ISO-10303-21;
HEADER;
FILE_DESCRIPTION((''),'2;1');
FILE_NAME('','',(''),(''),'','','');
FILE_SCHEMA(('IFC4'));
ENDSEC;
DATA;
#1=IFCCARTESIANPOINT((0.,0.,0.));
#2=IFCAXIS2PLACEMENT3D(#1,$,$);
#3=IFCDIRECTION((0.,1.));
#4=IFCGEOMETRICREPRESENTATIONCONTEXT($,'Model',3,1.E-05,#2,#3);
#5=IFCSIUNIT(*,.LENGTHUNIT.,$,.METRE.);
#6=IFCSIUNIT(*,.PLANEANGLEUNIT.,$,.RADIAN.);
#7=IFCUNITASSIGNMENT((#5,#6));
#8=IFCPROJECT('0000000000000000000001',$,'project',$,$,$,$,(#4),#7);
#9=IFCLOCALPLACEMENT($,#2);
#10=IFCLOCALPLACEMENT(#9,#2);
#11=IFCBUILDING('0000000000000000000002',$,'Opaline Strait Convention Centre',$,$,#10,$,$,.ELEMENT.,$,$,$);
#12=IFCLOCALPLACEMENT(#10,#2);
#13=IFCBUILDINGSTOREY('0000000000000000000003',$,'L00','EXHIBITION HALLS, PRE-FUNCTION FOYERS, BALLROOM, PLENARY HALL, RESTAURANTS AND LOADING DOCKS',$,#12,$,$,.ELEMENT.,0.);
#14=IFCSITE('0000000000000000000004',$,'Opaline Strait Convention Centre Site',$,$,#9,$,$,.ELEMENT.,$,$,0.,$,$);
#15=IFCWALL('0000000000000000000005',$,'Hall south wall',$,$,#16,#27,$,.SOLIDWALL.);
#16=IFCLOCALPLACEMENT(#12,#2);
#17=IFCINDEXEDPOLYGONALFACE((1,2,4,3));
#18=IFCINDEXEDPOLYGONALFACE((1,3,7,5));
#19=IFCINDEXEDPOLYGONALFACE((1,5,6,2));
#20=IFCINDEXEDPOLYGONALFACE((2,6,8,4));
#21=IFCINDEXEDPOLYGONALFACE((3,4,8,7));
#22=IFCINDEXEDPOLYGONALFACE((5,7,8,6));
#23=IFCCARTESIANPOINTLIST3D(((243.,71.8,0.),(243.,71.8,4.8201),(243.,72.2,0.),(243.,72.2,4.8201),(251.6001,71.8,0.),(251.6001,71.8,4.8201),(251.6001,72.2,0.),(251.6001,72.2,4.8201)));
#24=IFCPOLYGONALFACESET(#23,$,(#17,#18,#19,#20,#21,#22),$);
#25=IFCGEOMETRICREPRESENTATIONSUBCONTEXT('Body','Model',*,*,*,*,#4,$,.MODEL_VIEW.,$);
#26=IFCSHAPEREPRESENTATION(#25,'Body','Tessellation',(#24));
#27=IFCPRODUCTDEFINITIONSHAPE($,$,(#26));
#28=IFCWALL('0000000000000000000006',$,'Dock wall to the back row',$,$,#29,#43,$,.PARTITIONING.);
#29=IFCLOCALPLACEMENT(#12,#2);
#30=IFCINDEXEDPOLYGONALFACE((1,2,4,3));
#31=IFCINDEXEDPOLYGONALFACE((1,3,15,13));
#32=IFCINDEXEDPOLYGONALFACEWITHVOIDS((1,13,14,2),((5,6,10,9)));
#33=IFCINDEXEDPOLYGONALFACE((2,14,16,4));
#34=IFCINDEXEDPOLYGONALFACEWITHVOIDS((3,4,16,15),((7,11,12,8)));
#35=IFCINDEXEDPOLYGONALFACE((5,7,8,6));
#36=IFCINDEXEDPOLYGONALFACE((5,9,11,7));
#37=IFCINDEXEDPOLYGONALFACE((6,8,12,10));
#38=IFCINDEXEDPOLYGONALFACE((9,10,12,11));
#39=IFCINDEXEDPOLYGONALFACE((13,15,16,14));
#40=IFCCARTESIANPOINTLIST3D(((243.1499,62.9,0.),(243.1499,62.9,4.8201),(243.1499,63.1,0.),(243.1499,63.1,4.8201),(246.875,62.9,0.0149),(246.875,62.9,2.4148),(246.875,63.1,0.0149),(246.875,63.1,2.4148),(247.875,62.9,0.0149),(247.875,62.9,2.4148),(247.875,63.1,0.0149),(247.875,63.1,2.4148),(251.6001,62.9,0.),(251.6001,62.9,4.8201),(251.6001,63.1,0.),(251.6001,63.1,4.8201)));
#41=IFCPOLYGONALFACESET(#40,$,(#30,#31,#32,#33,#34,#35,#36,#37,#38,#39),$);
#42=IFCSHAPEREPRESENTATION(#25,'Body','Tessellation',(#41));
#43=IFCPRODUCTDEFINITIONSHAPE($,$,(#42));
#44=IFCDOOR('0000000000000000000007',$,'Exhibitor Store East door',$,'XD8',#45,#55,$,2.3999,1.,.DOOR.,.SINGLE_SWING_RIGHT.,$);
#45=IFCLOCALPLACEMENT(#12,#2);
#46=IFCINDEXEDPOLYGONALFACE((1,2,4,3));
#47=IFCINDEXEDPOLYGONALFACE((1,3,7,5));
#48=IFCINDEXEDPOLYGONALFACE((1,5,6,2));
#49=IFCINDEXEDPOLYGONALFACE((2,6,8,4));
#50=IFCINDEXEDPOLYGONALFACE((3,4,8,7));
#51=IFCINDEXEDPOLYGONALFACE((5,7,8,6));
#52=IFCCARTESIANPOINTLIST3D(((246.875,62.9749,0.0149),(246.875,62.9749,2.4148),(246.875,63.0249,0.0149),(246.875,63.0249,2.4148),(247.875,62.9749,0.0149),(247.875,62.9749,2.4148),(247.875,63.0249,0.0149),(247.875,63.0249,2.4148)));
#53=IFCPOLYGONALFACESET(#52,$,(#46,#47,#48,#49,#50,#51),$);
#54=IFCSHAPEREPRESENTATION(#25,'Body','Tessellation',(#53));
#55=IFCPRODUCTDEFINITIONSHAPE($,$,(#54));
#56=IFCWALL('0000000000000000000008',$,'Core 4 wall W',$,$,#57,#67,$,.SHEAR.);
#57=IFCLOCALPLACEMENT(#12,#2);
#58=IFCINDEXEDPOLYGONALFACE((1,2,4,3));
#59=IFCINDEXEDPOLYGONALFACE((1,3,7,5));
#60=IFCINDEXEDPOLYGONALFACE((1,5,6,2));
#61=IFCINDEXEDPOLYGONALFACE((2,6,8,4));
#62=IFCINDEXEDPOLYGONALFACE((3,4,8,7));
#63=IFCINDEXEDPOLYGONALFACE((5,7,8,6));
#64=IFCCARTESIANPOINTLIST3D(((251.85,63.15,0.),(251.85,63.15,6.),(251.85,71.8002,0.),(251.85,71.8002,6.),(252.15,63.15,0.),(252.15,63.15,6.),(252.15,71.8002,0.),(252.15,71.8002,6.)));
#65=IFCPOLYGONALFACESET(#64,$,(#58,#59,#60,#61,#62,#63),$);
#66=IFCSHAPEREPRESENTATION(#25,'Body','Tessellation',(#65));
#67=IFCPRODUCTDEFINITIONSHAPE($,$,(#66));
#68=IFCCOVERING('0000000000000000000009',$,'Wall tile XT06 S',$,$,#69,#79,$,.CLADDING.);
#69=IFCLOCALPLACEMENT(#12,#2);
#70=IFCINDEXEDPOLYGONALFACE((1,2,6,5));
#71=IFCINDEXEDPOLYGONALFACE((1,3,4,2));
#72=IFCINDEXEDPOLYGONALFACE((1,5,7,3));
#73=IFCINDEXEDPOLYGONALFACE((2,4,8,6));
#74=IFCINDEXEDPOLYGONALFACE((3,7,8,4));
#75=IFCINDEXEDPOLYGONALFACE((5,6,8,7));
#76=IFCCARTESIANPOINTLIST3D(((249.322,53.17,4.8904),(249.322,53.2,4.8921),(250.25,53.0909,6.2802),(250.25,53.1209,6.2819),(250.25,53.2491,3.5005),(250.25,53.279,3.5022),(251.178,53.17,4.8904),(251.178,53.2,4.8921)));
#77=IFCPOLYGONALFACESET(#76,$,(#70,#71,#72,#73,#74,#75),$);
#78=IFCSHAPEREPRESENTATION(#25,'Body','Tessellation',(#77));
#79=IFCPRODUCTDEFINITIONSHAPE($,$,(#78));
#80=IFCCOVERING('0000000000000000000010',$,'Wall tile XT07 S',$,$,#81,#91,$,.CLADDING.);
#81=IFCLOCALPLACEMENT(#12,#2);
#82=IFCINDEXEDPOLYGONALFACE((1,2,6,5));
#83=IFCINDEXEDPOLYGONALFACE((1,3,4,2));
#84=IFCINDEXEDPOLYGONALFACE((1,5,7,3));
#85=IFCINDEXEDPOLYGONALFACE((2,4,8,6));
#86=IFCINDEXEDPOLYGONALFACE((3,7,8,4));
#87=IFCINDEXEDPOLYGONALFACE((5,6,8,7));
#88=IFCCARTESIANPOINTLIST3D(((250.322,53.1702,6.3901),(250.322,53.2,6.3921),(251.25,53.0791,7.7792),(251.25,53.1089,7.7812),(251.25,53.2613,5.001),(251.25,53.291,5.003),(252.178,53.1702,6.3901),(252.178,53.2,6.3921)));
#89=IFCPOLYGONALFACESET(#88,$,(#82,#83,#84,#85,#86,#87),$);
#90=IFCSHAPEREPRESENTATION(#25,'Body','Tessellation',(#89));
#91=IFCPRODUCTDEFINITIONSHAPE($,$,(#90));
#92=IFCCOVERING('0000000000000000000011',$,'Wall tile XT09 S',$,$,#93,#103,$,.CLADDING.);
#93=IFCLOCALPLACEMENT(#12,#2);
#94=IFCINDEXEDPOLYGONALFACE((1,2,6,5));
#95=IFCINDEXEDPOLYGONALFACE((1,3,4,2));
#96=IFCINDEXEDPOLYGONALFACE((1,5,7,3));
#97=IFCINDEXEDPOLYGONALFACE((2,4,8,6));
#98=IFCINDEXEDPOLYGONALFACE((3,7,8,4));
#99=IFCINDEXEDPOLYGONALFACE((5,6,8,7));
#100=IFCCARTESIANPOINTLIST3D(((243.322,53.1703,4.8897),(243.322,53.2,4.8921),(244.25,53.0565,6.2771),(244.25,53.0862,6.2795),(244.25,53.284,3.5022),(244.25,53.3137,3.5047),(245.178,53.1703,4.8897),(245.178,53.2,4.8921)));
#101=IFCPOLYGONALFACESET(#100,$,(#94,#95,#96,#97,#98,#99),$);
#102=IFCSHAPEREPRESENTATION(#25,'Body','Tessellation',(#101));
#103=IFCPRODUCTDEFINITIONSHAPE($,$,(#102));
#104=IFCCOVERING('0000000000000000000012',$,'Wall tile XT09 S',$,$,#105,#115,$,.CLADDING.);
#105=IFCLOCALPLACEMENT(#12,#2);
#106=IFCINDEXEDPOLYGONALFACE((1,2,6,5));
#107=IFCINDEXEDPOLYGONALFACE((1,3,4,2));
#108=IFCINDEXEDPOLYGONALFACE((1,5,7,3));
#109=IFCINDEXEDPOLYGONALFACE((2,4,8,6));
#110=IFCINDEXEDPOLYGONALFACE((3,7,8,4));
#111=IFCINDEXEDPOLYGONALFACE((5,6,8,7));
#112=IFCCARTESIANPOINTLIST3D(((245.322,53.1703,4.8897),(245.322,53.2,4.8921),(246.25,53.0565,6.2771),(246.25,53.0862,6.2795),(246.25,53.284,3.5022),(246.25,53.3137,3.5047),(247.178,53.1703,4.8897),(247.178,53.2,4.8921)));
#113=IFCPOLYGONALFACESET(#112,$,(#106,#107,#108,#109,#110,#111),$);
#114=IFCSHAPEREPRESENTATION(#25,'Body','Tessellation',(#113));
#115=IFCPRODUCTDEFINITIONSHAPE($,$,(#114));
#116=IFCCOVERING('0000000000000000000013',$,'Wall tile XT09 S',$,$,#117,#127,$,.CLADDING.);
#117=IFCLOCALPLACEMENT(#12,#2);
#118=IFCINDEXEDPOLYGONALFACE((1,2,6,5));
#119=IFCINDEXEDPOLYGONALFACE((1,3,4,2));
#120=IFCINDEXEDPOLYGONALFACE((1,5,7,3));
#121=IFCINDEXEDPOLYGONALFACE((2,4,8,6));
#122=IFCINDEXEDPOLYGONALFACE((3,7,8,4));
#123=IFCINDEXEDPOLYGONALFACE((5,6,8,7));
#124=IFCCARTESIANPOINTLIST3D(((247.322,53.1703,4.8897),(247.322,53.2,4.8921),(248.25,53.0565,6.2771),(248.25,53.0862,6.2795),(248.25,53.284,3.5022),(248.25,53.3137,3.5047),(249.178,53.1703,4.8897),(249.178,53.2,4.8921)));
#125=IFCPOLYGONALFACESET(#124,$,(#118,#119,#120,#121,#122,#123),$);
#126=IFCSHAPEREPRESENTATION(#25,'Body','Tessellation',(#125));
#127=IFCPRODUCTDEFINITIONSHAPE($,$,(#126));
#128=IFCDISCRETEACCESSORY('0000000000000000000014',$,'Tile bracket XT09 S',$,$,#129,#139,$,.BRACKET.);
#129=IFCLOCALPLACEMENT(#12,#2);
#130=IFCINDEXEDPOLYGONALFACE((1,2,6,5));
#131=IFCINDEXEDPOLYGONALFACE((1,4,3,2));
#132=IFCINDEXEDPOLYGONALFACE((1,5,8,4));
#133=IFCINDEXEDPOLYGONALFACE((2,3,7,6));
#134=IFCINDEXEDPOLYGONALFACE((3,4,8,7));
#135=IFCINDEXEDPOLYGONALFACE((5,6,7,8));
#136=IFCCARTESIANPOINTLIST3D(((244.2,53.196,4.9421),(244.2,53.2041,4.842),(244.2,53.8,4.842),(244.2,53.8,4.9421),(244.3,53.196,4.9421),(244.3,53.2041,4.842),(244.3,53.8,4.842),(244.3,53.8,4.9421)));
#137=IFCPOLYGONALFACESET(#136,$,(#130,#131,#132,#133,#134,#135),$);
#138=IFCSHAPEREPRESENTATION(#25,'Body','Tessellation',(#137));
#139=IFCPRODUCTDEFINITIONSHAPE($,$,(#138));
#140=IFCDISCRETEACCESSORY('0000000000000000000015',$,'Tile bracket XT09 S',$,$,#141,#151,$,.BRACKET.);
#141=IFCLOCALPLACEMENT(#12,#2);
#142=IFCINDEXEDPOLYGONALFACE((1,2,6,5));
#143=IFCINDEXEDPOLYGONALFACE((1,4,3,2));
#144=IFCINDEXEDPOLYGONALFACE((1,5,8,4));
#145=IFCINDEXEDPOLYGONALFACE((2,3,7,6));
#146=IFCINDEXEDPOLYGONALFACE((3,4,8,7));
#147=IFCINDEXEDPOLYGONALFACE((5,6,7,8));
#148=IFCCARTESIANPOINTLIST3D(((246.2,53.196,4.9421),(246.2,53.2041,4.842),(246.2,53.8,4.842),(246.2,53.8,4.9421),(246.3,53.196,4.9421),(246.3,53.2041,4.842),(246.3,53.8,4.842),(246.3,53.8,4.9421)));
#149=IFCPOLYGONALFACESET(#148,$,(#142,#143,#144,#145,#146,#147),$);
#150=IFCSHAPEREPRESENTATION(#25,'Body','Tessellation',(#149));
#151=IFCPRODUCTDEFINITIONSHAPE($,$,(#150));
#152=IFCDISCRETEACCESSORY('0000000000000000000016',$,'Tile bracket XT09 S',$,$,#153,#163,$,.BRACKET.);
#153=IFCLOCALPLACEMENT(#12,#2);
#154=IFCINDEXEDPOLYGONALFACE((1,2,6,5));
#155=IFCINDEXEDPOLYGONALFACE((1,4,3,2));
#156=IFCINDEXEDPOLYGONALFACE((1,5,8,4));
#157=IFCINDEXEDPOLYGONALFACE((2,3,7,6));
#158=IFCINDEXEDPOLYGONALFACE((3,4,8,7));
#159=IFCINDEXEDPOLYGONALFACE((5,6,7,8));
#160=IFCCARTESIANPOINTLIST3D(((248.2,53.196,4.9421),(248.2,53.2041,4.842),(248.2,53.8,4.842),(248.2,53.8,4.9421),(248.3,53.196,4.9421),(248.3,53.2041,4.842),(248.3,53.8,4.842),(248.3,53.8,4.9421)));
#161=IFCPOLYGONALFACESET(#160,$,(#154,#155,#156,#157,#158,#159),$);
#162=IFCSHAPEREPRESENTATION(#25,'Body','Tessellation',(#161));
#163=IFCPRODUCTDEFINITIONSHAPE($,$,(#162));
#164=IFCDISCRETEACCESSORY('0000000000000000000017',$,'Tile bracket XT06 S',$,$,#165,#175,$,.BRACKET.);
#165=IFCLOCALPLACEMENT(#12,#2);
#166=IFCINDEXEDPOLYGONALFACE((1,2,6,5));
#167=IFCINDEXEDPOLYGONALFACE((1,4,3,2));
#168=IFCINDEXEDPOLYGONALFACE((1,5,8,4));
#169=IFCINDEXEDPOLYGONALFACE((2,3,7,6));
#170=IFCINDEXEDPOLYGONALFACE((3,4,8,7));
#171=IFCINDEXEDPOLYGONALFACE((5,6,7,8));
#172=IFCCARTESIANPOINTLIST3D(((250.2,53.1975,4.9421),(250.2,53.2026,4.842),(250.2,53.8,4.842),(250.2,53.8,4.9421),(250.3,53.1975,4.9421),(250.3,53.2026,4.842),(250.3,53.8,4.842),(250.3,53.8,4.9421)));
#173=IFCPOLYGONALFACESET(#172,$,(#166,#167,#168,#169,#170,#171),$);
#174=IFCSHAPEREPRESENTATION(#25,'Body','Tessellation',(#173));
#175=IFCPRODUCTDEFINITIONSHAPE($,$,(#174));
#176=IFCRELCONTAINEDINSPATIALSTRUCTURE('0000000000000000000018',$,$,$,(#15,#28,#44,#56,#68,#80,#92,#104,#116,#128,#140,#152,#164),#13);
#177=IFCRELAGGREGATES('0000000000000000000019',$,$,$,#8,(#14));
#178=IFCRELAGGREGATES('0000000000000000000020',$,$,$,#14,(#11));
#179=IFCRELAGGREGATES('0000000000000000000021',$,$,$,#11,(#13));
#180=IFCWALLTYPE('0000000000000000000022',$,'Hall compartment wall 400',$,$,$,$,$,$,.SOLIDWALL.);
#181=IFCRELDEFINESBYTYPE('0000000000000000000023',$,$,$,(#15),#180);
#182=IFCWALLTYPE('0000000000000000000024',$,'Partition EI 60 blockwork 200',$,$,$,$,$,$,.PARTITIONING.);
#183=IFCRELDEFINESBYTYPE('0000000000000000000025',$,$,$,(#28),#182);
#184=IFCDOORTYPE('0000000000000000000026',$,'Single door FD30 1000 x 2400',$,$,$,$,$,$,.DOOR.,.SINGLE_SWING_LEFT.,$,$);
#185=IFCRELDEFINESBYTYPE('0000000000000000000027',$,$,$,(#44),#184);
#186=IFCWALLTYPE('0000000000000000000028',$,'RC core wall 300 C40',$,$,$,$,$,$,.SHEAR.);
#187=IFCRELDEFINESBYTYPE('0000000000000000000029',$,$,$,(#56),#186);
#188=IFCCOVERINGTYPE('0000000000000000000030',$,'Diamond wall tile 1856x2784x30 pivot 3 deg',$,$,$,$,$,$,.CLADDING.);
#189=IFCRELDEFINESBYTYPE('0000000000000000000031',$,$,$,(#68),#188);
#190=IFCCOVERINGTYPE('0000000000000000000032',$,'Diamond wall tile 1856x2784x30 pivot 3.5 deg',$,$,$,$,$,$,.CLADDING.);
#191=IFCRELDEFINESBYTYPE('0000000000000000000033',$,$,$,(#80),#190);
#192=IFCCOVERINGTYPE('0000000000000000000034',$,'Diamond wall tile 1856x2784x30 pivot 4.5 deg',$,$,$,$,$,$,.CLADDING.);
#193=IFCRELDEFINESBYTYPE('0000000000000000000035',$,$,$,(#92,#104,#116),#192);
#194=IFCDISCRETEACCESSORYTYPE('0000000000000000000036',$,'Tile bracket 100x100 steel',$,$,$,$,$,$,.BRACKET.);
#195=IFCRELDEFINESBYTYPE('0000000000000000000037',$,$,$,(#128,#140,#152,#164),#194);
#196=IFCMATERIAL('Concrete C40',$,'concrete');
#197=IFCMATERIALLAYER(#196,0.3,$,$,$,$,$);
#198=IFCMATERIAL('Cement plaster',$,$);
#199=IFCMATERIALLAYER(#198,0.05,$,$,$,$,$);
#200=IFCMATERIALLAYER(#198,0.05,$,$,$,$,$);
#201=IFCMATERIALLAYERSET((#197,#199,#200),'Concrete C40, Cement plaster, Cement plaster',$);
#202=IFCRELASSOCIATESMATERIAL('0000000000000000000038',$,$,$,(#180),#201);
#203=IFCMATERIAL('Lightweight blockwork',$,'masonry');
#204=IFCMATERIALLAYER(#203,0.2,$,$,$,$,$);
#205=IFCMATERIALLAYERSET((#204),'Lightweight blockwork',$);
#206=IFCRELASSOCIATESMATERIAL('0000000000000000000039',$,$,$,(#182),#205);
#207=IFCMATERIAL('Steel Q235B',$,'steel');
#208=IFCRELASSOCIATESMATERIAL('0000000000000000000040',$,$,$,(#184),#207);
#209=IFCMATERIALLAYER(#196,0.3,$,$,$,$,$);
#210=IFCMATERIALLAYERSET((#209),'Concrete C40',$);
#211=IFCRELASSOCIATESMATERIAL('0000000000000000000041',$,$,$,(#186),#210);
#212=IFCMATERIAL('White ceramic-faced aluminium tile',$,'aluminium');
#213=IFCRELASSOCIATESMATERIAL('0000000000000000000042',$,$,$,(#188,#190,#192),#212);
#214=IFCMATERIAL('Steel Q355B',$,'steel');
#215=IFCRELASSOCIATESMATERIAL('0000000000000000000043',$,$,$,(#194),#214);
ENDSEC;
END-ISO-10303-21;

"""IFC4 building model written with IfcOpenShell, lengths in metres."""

from ifc_helpers import new_model, si_unit, direction, frame, frame_2d, origin, place, context, subcontext, project, spatial, polyline, rectangle, outline, extrude, material, layer, layer_set, material_profile, profile_set, type_object, element, fill, save


model = new_model("IFC4")

# Units and contexts
model_context = context("Model", 3, precision=1e-05, world=origin(), true_north=direction((0.0, 1.0)))
body_context = subcontext(model_context, "Body", "Model", "MODEL_VIEW")
ifc_project = project(units=[si_unit("LENGTHUNIT", "METRE"), si_unit("PLANEANGLEUNIT", "RADIAN")], contexts=[model_context])

# Site, building, storey
site_placement = place(None, origin())
site = spatial("IfcSite", under=ifc_project, at=site_placement, Name="Opaline Strait Convention Centre Site", CompositionType="ELEMENT", RefElevation=0.0)
building_placement = place(site_placement, origin())
building = spatial("IfcBuilding", under=site, at=building_placement, Name="Opaline Strait Convention Centre", CompositionType="ELEMENT")
storey_placement = place(building_placement, origin())
storey = spatial("IfcBuildingStorey", under=building, at=storey_placement, Name="L00", Description="EXHIBITION HALLS, PRE-FUNCTION FOYERS, BALLROOM, PLENARY HALL, RESTAURANTS AND LOADING DOCKS", CompositionType="ELEMENT", Elevation=0.0)

# Shared definitions
ifc_material_1 = material(Name="Concrete C40", Category="concrete")

# Shared definitions
ifc_material_2 = material(Name="Steel Q235B", Category="steel")

# Wall
ifc_layer_1 = layer(ifc_material_1, 0.3)
ifc_material_3 = material(Name="Cement plaster")
ifc_layer_2 = layer(ifc_material_3, 0.05)
ifc_layer_3 = layer(ifc_material_3, 0.05)
ifc_layer_set_1 = layer_set([ifc_layer_1, ifc_layer_2, ifc_layer_3], Name="Concrete C40, Cement plaster, Cement plaster")
wall_type_1 = type_object("IfcWallType", Name="Hall compartment wall 400", PredefinedType="SOLIDWALL", material=ifc_layer_set_1)
wall_1_placement = place(storey_placement, frame((243.0, 72.0, 0.0), z_axis=(0.0, 0.0, 1.0), x_axis=(1.0, 0.0, 0.0)))
element("IfcWall", 1, at=wall_1_placement, inside=storey, type_object=wall_type_1, Name="Hall south wall", PredefinedType="SOLIDWALL", context=body_context, shape_type="SweptSolid", body=[
    extrude(rectangle(XDim=8.6001, YDim=0.3999, at=frame_2d((4.3, 0.0))), origin(), (0.0, 0.0, 1.0), 4.8201),
])

# Wall, opening, door
ifc_material_4 = material(Name="Lightweight blockwork", Category="masonry")
ifc_layer_4 = layer(ifc_material_4, 0.2)
ifc_layer_set_2 = layer_set([ifc_layer_4], Name="Lightweight blockwork")
wall_type_2 = type_object("IfcWallType", Name="Partition EI 60 blockwork 200", PredefinedType="PARTITIONING", material=ifc_layer_set_2)
wall_2_placement = place(storey_placement, frame((243.1499, 63.0, 0.0), z_axis=(0.0, 0.0, 1.0), x_axis=(1.0, 0.0, 0.0)))
wall_2 = element("IfcWall", 2, at=wall_2_placement, inside=storey, type_object=wall_type_2, Name="Dock wall to the back row", PredefinedType="PARTITIONING", context=body_context, shape_type="SweptSolid", body=[
    extrude(rectangle(XDim=8.4502, YDim=0.2, at=frame_2d((4.2251, 0.0))), origin(), (0.0, 0.0, 1.0), 4.8201),
])
opening_1_placement = place(wall_2_placement, frame((3.7251, 0.0, 0.0149)))
opening_1 = element("IfcOpeningElement", 3, at=opening_1_placement, cuts=wall_2, PredefinedType="OPENING", context=body_context, shape_type="SweptSolid", body=[
    extrude(rectangle(XDim=1.0, YDim=2.3999, at=frame_2d((0.5, 1.2))), frame((0.0, 0.1099, 0.0), z_axis=(0.0, -1.0, 0.0), x_axis=(1.0, 0.0, 0.0)), (0.0, 0.0, 1.0), 0.22),
])
door_type_1 = type_object("IfcDoorType", Name="Single door FD30 1000 x 2400", OperationType="SINGLE_SWING_LEFT", PredefinedType="DOOR", material=ifc_material_2)
door_1_placement = place(opening_1_placement, origin())
door_1 = element("IfcDoor", 4, at=door_1_placement, inside=storey, type_object=door_type_1, Name="Exhibitor Store East door", ObjectType="XD8", OperationType="SINGLE_SWING_RIGHT", OverallHeight=2.3999, OverallWidth=1.0, PredefinedType="DOOR", context=body_context, shape_type="SweptSolid", body=[
    extrude(rectangle(XDim=1.0, YDim=2.3999, at=frame_2d((0.5, 1.2))), frame((0.0, 0.0249, 0.0), z_axis=(0.0, -1.0, 0.0), x_axis=(1.0, 0.0, 0.0)), (0.0, 0.0, 1.0), 0.05),
])
fill(opening_1, door_1)

# Shared definitions
ifc_layer_5 = layer(ifc_material_1, 0.3)
ifc_layer_set_3 = layer_set([ifc_layer_5], Name="Concrete C40")
wall_type_3 = type_object("IfcWallType", Name="RC core wall 300 C40", PredefinedType="SHEAR", material=ifc_layer_set_3)

# Wall
wall_3_placement = place(storey_placement, frame((252.0, 63.1499, 0.0), z_axis=(0.0, 0.0, 1.0), x_axis=(0.0, 1.0, 0.0)))
element("IfcWall", 5, at=wall_3_placement, inside=storey, type_object=wall_type_3, Name="Core 4 wall W", PredefinedType="SHEAR", context=body_context, shape_type="SweptSolid", body=[
    extrude(rectangle(XDim=8.6501, YDim=0.3, at=frame_2d((4.3252, 0.0))), origin(), (0.0, 0.0, 1.0), 6.0),
])

# Coverings
ifc_material_5 = material(Name="White ceramic-faced aluminium tile", Category="aluminium")
ifc_material_profile_1 = material_profile(ifc_material_5, outline(polyline([(0.928, 0.0), (0.0, 1.3921), (-0.928, 0.0), (0.0, -1.3921), (0.928, 0.0)])), Name="Diamond tile 1856x2784")
ifc_profile_set_1 = profile_set([ifc_material_profile_1], Name="White ceramic-faced aluminium tile")
covering_type_1 = type_object("IfcCoveringType", Name="Diamond wall tile 1856x2784x30 pivot 3 deg", PredefinedType="CLADDING", material=ifc_profile_set_1)
covering_1_placement = place(storey_placement, frame((250.25, 53.2, 4.8921), z_axis=(0.0, -0.998385, -0.056819), x_axis=(1.0, 0.0, 0.0)))
element("IfcCovering", 6, at=covering_1_placement, inside=storey, type_object=covering_type_1, Name="Wall tile XT06 S", PredefinedType="CLADDING", context=body_context, shape_type="SweptSolid", body=[
    extrude(outline(polyline([(0.928, 0.0), (0.0, 1.3921), (-0.928, 0.0), (0.0, -1.3921), (0.928, 0.0)])), origin(), (0.0, 0.0, 1.0), 0.03),
])
ifc_material_profile_2 = material_profile(ifc_material_5, outline(polyline([(0.928, 0.0), (0.0, 1.3921), (-0.928, 0.0), (0.0, -1.3921), (0.928, 0.0)])), Name="Diamond tile 1856x2784")
ifc_profile_set_2 = profile_set([ifc_material_profile_2], Name="White ceramic-faced aluminium tile")
covering_type_2 = type_object("IfcCoveringType", Name="Diamond wall tile 1856x2784x30 pivot 3.5 deg", PredefinedType="CLADDING", material=ifc_profile_set_2)
covering_2_placement = place(storey_placement, frame((251.25, 53.2, 6.3921), z_axis=(0.0, -0.997857, -0.065433), x_axis=(1.0, 0.0, 0.0)))
element("IfcCovering", 7, at=covering_2_placement, inside=storey, type_object=covering_type_2, Name="Wall tile XT07 S", PredefinedType="CLADDING", context=body_context, shape_type="SweptSolid", body=[
    extrude(outline(polyline([(0.928, 0.0), (0.0, 1.3921), (-0.928, 0.0), (0.0, -1.3921), (0.928, 0.0)])), origin(), (0.0, 0.0, 1.0), 0.0298),
])
ifc_material_profile_3 = material_profile(ifc_material_5, outline(polyline([(0.928, 0.0), (0.0, 1.3921), (-0.928, 0.0), (0.0, -1.3921), (0.928, 0.0)])), Name="Diamond tile 1856x2784")
ifc_profile_set_3 = profile_set([ifc_material_profile_3], Name="White ceramic-faced aluminium tile")
covering_type_3 = type_object("IfcCoveringType", Name="Diamond wall tile 1856x2784x30 pivot 4.5 deg", PredefinedType="CLADDING", material=ifc_profile_set_3)
for number, where, z_axis, x_axis, name in (
    (8, (244.25, 53.2, 4.8921), (0.0, -0.996658, -0.081693), (1.0, 0.0, 0.0), "Wall tile XT09 S"),
    (9, (246.25, 53.2, 4.8921), (0.0, -0.996658, -0.081693), (1.0, 0.0, 0.0), "Wall tile XT09 S"),
    (10, (248.25, 53.2, 4.8921), (0.0, -0.996658, -0.081693), (1.0, 0.0, 0.0), "Wall tile XT09 S"),
):
    element("IfcCovering", number, at=place(storey_placement, frame(where, z_axis=z_axis, x_axis=x_axis)), inside=storey, type_object=covering_type_3, Name=name, PredefinedType="CLADDING", context=body_context, shape_type="SweptSolid", body=[
        extrude(outline(polyline([(0.928, 0.0), (0.0, 1.3921), (-0.928, 0.0), (0.0, -1.3921), (0.928, 0.0)])), origin(), (0.0, 0.0, 1.0), 0.0298),
    ])

# Discrete accessories
ifc_material_6 = material(Name="Steel Q355B", Category="steel")
discrete_accessory_type = type_object("IfcDiscreteAccessoryType", Name="Tile bracket 100x100 steel", PredefinedType="BRACKET", material=ifc_material_6)
for number, where, z_axis, x_axis, name in (
    (11, (244.2, 53.8, 4.8921), (1.0, 0.0, 0.0), (0.0, 1.0, 0.0), "Tile bracket XT09 S"),
    (12, (246.2, 53.8, 4.8921), (1.0, 0.0, 0.0), (0.0, 1.0, 0.0), "Tile bracket XT09 S"),
    (13, (248.2, 53.8, 4.8921), (1.0, 0.0, 0.0), (0.0, 1.0, 0.0), "Tile bracket XT09 S"),
):
    element("IfcDiscreteAccessory", number, at=place(storey_placement, frame(where, z_axis=z_axis, x_axis=x_axis)), inside=storey, type_object=discrete_accessory_type, Name=name, PredefinedType="BRACKET", context=body_context, shape_type="SweptSolid", body=[
        extrude(outline(polyline([(0.0, -0.05), (0.0, 0.05), (-0.604, 0.05), (-0.5959, -0.05), (0.0, -0.05)])), origin(), (0.0, 0.0, 1.0), 0.1001),
    ])
discrete_accessory_placement = place(storey_placement, frame((250.2, 53.8, 4.8921), z_axis=(1.0, 0.0, 0.0), x_axis=(0.0, 1.0, 0.0)))
element("IfcDiscreteAccessory", 14, at=discrete_accessory_placement, inside=storey, type_object=discrete_accessory_type, Name="Tile bracket XT06 S", PredefinedType="BRACKET", context=body_context, shape_type="SweptSolid", body=[
    extrude(outline(polyline([(0.0, -0.05), (0.0, 0.05), (-0.6025, 0.05), (-0.5974, -0.05), (0.0, -0.05)])), origin(), (0.0, 0.0, 1.0), 0.1001),
])

save(model, "model.ifc")
